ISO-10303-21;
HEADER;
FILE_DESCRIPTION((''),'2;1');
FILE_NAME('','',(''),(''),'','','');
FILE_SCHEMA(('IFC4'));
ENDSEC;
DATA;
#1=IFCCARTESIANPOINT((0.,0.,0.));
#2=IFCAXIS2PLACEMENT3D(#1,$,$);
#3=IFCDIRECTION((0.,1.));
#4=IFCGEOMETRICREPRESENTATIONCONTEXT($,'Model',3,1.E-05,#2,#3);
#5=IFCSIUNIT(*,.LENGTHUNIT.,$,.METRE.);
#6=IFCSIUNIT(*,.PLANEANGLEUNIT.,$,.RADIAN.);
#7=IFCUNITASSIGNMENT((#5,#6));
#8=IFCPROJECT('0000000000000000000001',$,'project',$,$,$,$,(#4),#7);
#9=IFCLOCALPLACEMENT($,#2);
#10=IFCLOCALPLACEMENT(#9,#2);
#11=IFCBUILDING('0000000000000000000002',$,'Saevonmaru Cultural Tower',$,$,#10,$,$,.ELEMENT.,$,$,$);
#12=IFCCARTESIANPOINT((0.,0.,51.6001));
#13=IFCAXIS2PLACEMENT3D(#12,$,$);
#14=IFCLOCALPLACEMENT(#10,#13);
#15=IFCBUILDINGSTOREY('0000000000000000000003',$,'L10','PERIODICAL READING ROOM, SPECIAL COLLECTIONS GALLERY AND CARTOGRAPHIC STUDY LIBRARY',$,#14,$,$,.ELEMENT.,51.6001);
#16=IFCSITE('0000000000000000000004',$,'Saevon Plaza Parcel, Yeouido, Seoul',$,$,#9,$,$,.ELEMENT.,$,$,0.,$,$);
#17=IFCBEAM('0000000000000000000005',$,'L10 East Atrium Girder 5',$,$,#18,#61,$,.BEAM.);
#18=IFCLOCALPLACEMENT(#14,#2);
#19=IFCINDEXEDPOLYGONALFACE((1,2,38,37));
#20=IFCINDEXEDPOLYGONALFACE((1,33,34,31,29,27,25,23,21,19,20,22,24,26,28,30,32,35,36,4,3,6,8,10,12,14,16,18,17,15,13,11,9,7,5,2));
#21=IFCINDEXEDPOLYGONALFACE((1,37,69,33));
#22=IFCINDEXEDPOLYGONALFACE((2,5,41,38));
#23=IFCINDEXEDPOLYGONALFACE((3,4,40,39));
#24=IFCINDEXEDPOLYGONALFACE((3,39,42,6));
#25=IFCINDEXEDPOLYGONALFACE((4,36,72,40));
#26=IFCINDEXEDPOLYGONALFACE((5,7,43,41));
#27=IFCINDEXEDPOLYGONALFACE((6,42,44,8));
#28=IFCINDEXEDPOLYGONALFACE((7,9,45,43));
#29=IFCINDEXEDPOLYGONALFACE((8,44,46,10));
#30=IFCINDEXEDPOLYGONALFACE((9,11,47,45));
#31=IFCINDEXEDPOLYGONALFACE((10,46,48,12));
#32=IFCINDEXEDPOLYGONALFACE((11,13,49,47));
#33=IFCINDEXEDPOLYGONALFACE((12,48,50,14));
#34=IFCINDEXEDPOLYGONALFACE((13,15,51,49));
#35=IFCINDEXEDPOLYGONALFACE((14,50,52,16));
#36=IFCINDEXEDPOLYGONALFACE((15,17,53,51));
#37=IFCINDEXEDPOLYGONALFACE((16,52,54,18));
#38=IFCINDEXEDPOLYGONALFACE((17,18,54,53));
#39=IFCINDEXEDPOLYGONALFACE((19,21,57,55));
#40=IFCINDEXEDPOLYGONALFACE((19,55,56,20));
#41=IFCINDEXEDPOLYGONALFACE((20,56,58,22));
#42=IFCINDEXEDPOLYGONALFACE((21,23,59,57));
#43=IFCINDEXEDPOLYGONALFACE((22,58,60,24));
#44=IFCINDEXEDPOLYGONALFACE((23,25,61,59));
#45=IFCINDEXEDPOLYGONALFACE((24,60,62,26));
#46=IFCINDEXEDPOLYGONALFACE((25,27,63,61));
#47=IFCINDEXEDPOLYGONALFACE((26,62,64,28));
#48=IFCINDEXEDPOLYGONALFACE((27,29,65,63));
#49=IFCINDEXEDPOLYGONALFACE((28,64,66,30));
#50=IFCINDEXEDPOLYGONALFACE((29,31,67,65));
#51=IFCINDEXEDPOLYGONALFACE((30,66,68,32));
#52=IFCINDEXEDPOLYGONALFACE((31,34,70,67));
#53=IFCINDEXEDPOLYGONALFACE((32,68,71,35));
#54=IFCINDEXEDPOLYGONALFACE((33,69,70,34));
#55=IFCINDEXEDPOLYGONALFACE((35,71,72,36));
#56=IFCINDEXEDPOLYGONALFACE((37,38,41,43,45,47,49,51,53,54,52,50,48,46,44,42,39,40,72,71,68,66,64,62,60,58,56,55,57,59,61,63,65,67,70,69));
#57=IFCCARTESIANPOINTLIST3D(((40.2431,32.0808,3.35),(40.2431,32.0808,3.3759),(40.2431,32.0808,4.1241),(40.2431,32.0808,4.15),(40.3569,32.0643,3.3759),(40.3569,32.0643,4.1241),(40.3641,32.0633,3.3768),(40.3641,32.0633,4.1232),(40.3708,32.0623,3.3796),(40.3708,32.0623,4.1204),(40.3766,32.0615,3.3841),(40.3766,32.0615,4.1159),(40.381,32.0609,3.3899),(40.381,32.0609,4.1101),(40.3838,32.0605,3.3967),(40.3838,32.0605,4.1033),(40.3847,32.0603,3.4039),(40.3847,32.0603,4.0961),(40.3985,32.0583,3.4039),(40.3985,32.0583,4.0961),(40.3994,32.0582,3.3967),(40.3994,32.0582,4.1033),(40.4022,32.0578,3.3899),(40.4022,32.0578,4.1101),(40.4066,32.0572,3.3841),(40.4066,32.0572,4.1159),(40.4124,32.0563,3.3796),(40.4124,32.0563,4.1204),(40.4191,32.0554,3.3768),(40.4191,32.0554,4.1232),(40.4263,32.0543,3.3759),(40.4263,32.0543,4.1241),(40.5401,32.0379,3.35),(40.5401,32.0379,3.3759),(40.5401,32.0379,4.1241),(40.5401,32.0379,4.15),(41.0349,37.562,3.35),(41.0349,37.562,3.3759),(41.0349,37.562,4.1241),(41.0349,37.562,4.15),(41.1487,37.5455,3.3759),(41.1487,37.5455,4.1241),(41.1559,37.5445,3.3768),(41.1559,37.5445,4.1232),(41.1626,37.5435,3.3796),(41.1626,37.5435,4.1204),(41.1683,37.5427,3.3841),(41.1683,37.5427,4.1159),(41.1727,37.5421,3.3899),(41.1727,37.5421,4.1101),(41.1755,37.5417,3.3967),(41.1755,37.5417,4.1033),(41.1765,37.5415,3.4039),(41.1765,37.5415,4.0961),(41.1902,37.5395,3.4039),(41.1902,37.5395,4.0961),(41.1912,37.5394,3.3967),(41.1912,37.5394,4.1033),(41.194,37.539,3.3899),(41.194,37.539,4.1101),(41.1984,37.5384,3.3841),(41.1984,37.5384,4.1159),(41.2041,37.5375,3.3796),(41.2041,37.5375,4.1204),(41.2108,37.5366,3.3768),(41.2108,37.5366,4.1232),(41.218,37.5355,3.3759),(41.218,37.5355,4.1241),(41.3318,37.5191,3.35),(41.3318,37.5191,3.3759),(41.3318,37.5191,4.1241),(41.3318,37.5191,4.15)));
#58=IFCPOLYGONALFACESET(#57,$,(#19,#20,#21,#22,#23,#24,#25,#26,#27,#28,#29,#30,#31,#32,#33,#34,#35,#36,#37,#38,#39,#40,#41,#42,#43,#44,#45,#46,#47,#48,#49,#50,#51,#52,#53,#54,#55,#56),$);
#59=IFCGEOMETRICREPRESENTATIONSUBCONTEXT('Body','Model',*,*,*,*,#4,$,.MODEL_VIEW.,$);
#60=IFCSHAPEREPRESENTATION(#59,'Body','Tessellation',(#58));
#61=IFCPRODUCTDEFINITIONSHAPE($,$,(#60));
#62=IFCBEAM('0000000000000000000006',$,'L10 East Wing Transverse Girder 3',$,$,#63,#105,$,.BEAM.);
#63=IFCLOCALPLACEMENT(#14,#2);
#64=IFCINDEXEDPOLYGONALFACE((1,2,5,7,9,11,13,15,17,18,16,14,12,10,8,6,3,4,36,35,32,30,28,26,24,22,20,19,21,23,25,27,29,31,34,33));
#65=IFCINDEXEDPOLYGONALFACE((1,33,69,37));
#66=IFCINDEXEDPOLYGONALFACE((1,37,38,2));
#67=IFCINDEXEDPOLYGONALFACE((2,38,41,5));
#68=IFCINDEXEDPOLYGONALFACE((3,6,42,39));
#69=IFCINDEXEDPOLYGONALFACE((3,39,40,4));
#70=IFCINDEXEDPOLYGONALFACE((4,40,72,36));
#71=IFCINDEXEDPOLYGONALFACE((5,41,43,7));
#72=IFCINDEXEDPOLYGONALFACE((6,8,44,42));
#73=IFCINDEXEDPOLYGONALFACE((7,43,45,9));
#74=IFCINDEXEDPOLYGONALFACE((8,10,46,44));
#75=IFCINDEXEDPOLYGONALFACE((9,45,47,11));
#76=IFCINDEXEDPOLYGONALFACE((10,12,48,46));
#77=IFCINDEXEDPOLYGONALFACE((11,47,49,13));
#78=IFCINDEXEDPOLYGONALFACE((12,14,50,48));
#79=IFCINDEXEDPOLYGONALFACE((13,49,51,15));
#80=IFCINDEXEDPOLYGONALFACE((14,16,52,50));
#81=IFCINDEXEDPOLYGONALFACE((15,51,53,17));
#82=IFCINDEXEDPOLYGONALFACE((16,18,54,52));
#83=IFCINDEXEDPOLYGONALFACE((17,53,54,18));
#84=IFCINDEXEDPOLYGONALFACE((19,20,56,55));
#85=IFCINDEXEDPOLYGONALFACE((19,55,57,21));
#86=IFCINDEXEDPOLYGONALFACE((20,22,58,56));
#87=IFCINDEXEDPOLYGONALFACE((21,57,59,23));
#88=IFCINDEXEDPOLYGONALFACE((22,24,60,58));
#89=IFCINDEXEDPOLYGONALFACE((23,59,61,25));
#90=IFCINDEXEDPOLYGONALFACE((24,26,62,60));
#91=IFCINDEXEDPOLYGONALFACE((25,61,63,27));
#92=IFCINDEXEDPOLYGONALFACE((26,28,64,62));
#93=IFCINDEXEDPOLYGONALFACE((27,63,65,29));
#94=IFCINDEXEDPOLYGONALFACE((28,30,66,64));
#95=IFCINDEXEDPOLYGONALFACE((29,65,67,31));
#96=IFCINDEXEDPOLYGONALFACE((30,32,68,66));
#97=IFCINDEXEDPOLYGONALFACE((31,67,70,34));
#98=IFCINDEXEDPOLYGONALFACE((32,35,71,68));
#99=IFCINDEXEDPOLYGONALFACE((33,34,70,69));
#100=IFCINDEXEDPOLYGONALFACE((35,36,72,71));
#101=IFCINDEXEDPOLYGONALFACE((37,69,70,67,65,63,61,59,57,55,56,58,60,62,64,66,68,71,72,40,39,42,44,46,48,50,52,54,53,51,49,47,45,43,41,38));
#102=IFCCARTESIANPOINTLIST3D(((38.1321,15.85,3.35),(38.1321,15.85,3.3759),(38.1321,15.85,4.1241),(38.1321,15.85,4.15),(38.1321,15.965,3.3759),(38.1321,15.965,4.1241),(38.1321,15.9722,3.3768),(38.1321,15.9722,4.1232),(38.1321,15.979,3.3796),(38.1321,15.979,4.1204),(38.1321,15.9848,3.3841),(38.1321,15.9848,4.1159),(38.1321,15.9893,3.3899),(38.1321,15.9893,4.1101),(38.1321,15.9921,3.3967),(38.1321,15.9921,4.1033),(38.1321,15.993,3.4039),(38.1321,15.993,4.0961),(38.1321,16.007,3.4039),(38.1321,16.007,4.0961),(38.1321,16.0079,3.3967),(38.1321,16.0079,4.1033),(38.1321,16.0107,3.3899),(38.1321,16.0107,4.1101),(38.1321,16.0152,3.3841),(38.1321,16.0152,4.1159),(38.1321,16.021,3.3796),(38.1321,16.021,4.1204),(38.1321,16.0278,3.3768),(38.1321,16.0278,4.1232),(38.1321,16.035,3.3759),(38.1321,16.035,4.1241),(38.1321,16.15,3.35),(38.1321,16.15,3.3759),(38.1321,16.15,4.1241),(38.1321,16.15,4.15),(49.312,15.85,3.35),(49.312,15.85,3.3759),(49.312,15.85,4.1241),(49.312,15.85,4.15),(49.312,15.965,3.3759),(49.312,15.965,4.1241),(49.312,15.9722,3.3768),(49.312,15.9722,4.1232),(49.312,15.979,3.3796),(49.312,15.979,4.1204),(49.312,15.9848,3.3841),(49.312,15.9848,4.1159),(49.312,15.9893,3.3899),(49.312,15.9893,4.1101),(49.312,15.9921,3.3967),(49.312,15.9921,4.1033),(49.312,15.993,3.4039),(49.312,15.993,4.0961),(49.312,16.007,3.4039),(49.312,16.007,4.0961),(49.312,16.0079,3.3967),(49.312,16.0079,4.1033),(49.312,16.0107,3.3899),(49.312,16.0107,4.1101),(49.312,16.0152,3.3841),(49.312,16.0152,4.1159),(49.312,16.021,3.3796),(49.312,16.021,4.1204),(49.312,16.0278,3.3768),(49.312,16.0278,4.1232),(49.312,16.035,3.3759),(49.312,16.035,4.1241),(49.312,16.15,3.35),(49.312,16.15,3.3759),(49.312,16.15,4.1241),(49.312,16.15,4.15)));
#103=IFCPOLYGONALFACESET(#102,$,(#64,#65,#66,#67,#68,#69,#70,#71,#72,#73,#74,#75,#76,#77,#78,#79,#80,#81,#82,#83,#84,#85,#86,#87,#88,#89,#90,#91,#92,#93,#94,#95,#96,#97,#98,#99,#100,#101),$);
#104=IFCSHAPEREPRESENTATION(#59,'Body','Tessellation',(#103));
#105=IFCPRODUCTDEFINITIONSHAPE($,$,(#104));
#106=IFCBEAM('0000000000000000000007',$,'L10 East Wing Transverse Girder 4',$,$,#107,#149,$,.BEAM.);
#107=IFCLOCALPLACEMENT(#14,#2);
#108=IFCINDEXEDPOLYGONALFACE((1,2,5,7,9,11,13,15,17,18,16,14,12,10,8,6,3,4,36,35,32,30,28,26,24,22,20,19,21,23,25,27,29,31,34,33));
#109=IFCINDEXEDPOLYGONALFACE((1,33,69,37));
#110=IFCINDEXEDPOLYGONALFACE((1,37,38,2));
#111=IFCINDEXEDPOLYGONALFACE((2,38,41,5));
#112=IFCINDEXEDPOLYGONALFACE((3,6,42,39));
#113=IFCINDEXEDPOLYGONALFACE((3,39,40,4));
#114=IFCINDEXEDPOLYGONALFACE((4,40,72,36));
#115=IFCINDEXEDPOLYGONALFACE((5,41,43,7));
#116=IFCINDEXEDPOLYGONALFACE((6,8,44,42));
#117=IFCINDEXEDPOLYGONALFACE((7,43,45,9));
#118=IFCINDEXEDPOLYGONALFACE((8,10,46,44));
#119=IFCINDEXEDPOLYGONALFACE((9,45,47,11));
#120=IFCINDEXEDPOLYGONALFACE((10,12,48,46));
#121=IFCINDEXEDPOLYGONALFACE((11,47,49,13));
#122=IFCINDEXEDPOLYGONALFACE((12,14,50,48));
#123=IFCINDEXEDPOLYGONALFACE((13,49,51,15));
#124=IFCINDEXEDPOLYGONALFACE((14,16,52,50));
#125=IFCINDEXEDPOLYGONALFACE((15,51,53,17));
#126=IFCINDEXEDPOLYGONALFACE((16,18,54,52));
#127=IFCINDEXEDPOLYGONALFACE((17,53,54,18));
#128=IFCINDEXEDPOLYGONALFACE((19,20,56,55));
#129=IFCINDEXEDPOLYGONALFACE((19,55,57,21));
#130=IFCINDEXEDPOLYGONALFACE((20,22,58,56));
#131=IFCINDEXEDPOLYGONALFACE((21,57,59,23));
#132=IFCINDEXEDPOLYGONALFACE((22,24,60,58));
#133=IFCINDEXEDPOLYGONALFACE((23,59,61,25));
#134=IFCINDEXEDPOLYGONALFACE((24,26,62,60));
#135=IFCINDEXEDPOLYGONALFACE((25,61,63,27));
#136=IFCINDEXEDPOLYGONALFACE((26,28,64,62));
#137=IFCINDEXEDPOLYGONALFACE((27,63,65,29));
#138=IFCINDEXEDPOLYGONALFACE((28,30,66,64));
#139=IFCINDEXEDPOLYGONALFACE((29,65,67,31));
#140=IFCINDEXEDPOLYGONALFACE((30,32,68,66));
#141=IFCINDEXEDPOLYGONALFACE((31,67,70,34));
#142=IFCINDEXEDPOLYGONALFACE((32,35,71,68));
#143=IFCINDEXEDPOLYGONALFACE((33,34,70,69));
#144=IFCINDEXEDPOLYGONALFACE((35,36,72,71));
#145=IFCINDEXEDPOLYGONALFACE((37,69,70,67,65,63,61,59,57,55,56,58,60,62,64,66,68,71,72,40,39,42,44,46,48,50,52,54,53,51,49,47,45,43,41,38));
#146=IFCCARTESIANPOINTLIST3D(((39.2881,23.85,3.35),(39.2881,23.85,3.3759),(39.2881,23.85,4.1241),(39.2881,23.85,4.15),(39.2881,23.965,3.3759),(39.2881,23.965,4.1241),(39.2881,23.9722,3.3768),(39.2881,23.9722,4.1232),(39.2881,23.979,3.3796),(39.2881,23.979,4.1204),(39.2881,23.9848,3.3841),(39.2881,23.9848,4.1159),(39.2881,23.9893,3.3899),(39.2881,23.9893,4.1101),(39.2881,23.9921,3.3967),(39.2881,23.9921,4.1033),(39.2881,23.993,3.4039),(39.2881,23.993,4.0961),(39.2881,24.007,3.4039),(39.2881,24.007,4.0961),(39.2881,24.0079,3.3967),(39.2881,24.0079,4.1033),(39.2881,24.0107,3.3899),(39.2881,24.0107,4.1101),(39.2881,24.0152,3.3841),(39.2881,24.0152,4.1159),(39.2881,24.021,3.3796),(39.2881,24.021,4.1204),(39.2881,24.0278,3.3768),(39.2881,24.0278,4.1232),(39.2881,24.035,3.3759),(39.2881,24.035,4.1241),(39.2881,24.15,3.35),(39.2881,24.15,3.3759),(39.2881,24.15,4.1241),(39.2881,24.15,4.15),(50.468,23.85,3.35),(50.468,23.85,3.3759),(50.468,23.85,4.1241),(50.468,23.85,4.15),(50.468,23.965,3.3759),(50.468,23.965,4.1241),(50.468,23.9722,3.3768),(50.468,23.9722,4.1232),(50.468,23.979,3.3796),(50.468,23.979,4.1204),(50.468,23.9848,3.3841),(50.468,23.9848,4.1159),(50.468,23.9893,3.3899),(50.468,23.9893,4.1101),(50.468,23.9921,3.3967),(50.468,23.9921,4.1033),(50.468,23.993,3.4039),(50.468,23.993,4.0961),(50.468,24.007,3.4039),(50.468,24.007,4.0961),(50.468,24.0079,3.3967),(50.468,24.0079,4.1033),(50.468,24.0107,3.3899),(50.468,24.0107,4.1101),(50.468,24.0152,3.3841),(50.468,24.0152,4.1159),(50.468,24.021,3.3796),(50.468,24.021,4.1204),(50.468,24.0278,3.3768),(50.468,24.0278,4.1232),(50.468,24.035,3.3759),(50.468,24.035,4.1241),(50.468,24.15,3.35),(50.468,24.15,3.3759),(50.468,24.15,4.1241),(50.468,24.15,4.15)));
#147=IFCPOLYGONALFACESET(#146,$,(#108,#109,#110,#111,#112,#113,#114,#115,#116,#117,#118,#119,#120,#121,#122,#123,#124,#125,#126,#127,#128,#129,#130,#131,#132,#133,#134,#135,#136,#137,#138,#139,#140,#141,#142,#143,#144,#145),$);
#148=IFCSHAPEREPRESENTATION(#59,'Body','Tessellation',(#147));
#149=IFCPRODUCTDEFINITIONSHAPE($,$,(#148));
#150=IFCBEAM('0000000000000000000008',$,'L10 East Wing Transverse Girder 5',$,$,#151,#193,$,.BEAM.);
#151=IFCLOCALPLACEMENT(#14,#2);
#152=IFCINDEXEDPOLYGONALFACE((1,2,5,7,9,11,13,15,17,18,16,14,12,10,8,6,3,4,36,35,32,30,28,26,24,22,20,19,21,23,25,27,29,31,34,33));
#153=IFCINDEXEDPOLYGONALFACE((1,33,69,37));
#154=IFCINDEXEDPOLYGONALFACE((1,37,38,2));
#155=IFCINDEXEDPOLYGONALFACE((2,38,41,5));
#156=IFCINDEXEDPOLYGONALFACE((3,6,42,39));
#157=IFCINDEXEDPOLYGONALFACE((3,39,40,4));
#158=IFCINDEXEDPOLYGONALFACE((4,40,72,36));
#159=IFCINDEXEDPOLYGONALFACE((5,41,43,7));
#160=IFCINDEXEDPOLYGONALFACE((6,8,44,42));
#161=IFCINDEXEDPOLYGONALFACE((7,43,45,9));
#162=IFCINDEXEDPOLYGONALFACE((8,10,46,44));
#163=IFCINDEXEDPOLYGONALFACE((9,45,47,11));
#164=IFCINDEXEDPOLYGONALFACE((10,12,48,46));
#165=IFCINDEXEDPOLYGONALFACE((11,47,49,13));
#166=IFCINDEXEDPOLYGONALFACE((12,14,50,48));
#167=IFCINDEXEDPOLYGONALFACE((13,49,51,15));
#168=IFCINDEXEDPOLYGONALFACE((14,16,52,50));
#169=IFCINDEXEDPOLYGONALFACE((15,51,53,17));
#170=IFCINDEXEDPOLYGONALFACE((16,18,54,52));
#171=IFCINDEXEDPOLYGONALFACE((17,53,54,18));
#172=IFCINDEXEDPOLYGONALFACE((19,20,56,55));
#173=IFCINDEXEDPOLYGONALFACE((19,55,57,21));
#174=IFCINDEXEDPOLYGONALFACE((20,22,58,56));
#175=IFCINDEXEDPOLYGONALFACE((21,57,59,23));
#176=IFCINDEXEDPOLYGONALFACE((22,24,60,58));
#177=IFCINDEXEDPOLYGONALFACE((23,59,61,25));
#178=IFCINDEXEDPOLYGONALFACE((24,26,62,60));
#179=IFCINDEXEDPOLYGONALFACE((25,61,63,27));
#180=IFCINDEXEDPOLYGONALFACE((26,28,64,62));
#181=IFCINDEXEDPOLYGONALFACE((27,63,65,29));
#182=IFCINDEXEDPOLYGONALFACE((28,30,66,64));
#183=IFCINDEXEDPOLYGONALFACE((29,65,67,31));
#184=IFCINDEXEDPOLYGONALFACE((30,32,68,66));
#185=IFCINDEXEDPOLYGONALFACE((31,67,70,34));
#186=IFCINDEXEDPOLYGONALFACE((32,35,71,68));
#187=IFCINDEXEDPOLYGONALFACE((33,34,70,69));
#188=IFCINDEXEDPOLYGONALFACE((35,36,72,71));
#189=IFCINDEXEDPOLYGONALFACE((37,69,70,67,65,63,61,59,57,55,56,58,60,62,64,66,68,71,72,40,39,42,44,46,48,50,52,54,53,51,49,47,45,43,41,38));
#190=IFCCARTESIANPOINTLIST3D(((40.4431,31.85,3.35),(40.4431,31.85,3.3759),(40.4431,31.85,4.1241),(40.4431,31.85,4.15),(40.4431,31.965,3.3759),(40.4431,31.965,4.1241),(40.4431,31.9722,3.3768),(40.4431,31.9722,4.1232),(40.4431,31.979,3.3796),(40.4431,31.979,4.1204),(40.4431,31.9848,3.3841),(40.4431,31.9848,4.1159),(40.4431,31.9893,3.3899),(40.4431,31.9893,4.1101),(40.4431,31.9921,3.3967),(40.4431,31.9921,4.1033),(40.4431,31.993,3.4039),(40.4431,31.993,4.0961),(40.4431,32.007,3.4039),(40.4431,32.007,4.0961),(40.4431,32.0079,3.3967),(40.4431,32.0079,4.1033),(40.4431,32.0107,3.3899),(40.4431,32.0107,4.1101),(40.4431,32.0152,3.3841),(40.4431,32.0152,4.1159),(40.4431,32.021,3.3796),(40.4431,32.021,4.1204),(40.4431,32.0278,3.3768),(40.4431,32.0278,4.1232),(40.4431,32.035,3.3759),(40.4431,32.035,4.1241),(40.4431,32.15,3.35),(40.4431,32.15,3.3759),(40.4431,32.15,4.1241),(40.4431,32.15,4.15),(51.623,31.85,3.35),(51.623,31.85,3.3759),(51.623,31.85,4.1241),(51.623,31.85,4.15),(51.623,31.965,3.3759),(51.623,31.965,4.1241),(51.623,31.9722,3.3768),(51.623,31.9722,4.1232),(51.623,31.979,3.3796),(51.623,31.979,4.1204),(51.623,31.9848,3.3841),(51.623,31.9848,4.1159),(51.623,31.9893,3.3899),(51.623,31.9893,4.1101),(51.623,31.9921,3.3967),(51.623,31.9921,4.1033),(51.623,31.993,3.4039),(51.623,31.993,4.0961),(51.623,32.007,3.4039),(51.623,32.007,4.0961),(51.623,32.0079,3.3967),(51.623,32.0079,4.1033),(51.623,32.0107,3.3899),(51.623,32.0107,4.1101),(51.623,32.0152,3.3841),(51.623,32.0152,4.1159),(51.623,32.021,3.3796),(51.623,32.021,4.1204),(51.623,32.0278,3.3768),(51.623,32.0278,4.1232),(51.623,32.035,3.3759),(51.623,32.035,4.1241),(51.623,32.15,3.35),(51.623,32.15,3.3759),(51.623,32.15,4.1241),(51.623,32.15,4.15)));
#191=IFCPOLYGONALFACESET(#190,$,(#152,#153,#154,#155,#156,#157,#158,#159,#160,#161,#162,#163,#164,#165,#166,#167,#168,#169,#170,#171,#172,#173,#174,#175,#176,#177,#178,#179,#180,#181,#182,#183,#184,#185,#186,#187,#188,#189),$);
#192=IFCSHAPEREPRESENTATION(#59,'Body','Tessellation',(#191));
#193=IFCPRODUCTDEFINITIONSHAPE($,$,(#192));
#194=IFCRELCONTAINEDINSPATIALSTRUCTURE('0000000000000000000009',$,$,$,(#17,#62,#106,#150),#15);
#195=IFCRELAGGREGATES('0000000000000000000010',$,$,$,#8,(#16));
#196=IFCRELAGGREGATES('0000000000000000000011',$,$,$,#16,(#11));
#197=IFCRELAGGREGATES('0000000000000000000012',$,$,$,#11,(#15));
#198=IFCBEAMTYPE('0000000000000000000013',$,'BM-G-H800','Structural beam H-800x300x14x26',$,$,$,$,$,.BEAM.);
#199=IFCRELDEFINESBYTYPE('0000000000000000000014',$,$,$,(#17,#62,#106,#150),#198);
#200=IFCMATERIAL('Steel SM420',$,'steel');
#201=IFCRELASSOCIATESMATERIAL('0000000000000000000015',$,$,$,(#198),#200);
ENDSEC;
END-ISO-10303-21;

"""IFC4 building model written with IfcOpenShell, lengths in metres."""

from ifc_helpers import new_model, si_unit, direction, frame, origin, origin_2d, place, context, subcontext, project, spatial, i_section, extrude, material, material_profile, profile_set, type_object, element, save


model = new_model("IFC4")

# Units and contexts
model_context = context("Model", 3, precision=1e-05, world=origin(), true_north=direction((0.0, 1.0)))
body_context = subcontext(model_context, "Body", "Model", "MODEL_VIEW")
ifc_project = project(units=[si_unit("LENGTHUNIT", "METRE"), si_unit("PLANEANGLEUNIT", "RADIAN")], contexts=[model_context])

# Site, building, storey
site_placement = place(None, origin())
site = spatial("IfcSite", under=ifc_project, at=site_placement, Name="Saevon Plaza Parcel, Yeouido, Seoul", CompositionType="ELEMENT", RefElevation=0.0)
building_placement = place(site_placement, origin())
building = spatial("IfcBuilding", under=site, at=building_placement, Name="Saevonmaru Cultural Tower", CompositionType="ELEMENT")
storey_placement = place(building_placement, frame((0.0, 0.0, 51.6001)))
storey = spatial("IfcBuildingStorey", under=building, at=storey_placement, Name="L10", Description="PERIODICAL READING ROOM, SPECIAL COLLECTIONS GALLERY AND CARTOGRAPHIC STUDY LIBRARY", CompositionType="ELEMENT", Elevation=51.6001)

# Shared definitions
ifc_material_1 = material(Name="Steel SM420", Category="steel")

# Beams
ifc_material_profile_1 = material_profile(ifc_material_1, i_section(OverallWidth=0.3, OverallDepth=0.8, WebThickness=0.0139, FlangeThickness=0.0259, FilletRadius=0.0281, at=origin_2d()), Name="H-800x300x14x26")
ifc_profile_set_1 = profile_set([ifc_material_profile_1], Name="Steel SM420")
beam_type_1 = type_object("IfcBeamType", Name="BM-G-H800", Description="Structural beam H-800x300x14x26", PredefinedType="BEAM", material=ifc_profile_set_1)
beam_1_placement = place(storey_placement, frame((40.3916, 32.0593, 3.75), z_axis=(0.142964, 0.989728, 0.0), x_axis=(-0.989728, 0.142964, 0.0)))
element("IfcBeam", 1, at=beam_1_placement, inside=storey, type_object=beam_type_1, Name="L10 East Atrium Girder 5", PredefinedType="BEAM", context=body_context, shape_type="SweptSolid", body=[
    extrude(i_section(OverallWidth=0.3, OverallDepth=0.8, WebThickness=0.0139, FlangeThickness=0.0259, FilletRadius=0.0281, at=origin_2d()), origin(), (0.0, 0.0, 1.0), 5.5381),
])
for number, where, z_axis, x_axis, name in (
    (2, (38.1321, 16.0, 3.75), (1.0, 0.0, 0.0), (0.0, 1.0, 0.0), "L10 East Wing Transverse Girder 3"),
    (3, (39.2881, 24.0, 3.75), (1.0, 0.0, 0.0), (0.0, 1.0, 0.0), "L10 East Wing Transverse Girder 4"),
    (4, (40.4431, 32.0, 3.75), (1.0, 0.0, 0.0), (0.0, 1.0, 0.0), "L10 East Wing Transverse Girder 5"),
):
    element("IfcBeam", number, at=place(storey_placement, frame(where, z_axis=z_axis, x_axis=x_axis)), inside=storey, type_object=beam_type_1, Name=name, PredefinedType="BEAM", context=body_context, shape_type="SweptSolid", body=[
        extrude(i_section(OverallWidth=0.3, OverallDepth=0.8, WebThickness=0.0139, FlangeThickness=0.0259, FilletRadius=0.0281, at=origin_2d()), origin(), (0.0, 0.0, 1.0), 11.1799),
    ])

save(model, "model.ifc")
